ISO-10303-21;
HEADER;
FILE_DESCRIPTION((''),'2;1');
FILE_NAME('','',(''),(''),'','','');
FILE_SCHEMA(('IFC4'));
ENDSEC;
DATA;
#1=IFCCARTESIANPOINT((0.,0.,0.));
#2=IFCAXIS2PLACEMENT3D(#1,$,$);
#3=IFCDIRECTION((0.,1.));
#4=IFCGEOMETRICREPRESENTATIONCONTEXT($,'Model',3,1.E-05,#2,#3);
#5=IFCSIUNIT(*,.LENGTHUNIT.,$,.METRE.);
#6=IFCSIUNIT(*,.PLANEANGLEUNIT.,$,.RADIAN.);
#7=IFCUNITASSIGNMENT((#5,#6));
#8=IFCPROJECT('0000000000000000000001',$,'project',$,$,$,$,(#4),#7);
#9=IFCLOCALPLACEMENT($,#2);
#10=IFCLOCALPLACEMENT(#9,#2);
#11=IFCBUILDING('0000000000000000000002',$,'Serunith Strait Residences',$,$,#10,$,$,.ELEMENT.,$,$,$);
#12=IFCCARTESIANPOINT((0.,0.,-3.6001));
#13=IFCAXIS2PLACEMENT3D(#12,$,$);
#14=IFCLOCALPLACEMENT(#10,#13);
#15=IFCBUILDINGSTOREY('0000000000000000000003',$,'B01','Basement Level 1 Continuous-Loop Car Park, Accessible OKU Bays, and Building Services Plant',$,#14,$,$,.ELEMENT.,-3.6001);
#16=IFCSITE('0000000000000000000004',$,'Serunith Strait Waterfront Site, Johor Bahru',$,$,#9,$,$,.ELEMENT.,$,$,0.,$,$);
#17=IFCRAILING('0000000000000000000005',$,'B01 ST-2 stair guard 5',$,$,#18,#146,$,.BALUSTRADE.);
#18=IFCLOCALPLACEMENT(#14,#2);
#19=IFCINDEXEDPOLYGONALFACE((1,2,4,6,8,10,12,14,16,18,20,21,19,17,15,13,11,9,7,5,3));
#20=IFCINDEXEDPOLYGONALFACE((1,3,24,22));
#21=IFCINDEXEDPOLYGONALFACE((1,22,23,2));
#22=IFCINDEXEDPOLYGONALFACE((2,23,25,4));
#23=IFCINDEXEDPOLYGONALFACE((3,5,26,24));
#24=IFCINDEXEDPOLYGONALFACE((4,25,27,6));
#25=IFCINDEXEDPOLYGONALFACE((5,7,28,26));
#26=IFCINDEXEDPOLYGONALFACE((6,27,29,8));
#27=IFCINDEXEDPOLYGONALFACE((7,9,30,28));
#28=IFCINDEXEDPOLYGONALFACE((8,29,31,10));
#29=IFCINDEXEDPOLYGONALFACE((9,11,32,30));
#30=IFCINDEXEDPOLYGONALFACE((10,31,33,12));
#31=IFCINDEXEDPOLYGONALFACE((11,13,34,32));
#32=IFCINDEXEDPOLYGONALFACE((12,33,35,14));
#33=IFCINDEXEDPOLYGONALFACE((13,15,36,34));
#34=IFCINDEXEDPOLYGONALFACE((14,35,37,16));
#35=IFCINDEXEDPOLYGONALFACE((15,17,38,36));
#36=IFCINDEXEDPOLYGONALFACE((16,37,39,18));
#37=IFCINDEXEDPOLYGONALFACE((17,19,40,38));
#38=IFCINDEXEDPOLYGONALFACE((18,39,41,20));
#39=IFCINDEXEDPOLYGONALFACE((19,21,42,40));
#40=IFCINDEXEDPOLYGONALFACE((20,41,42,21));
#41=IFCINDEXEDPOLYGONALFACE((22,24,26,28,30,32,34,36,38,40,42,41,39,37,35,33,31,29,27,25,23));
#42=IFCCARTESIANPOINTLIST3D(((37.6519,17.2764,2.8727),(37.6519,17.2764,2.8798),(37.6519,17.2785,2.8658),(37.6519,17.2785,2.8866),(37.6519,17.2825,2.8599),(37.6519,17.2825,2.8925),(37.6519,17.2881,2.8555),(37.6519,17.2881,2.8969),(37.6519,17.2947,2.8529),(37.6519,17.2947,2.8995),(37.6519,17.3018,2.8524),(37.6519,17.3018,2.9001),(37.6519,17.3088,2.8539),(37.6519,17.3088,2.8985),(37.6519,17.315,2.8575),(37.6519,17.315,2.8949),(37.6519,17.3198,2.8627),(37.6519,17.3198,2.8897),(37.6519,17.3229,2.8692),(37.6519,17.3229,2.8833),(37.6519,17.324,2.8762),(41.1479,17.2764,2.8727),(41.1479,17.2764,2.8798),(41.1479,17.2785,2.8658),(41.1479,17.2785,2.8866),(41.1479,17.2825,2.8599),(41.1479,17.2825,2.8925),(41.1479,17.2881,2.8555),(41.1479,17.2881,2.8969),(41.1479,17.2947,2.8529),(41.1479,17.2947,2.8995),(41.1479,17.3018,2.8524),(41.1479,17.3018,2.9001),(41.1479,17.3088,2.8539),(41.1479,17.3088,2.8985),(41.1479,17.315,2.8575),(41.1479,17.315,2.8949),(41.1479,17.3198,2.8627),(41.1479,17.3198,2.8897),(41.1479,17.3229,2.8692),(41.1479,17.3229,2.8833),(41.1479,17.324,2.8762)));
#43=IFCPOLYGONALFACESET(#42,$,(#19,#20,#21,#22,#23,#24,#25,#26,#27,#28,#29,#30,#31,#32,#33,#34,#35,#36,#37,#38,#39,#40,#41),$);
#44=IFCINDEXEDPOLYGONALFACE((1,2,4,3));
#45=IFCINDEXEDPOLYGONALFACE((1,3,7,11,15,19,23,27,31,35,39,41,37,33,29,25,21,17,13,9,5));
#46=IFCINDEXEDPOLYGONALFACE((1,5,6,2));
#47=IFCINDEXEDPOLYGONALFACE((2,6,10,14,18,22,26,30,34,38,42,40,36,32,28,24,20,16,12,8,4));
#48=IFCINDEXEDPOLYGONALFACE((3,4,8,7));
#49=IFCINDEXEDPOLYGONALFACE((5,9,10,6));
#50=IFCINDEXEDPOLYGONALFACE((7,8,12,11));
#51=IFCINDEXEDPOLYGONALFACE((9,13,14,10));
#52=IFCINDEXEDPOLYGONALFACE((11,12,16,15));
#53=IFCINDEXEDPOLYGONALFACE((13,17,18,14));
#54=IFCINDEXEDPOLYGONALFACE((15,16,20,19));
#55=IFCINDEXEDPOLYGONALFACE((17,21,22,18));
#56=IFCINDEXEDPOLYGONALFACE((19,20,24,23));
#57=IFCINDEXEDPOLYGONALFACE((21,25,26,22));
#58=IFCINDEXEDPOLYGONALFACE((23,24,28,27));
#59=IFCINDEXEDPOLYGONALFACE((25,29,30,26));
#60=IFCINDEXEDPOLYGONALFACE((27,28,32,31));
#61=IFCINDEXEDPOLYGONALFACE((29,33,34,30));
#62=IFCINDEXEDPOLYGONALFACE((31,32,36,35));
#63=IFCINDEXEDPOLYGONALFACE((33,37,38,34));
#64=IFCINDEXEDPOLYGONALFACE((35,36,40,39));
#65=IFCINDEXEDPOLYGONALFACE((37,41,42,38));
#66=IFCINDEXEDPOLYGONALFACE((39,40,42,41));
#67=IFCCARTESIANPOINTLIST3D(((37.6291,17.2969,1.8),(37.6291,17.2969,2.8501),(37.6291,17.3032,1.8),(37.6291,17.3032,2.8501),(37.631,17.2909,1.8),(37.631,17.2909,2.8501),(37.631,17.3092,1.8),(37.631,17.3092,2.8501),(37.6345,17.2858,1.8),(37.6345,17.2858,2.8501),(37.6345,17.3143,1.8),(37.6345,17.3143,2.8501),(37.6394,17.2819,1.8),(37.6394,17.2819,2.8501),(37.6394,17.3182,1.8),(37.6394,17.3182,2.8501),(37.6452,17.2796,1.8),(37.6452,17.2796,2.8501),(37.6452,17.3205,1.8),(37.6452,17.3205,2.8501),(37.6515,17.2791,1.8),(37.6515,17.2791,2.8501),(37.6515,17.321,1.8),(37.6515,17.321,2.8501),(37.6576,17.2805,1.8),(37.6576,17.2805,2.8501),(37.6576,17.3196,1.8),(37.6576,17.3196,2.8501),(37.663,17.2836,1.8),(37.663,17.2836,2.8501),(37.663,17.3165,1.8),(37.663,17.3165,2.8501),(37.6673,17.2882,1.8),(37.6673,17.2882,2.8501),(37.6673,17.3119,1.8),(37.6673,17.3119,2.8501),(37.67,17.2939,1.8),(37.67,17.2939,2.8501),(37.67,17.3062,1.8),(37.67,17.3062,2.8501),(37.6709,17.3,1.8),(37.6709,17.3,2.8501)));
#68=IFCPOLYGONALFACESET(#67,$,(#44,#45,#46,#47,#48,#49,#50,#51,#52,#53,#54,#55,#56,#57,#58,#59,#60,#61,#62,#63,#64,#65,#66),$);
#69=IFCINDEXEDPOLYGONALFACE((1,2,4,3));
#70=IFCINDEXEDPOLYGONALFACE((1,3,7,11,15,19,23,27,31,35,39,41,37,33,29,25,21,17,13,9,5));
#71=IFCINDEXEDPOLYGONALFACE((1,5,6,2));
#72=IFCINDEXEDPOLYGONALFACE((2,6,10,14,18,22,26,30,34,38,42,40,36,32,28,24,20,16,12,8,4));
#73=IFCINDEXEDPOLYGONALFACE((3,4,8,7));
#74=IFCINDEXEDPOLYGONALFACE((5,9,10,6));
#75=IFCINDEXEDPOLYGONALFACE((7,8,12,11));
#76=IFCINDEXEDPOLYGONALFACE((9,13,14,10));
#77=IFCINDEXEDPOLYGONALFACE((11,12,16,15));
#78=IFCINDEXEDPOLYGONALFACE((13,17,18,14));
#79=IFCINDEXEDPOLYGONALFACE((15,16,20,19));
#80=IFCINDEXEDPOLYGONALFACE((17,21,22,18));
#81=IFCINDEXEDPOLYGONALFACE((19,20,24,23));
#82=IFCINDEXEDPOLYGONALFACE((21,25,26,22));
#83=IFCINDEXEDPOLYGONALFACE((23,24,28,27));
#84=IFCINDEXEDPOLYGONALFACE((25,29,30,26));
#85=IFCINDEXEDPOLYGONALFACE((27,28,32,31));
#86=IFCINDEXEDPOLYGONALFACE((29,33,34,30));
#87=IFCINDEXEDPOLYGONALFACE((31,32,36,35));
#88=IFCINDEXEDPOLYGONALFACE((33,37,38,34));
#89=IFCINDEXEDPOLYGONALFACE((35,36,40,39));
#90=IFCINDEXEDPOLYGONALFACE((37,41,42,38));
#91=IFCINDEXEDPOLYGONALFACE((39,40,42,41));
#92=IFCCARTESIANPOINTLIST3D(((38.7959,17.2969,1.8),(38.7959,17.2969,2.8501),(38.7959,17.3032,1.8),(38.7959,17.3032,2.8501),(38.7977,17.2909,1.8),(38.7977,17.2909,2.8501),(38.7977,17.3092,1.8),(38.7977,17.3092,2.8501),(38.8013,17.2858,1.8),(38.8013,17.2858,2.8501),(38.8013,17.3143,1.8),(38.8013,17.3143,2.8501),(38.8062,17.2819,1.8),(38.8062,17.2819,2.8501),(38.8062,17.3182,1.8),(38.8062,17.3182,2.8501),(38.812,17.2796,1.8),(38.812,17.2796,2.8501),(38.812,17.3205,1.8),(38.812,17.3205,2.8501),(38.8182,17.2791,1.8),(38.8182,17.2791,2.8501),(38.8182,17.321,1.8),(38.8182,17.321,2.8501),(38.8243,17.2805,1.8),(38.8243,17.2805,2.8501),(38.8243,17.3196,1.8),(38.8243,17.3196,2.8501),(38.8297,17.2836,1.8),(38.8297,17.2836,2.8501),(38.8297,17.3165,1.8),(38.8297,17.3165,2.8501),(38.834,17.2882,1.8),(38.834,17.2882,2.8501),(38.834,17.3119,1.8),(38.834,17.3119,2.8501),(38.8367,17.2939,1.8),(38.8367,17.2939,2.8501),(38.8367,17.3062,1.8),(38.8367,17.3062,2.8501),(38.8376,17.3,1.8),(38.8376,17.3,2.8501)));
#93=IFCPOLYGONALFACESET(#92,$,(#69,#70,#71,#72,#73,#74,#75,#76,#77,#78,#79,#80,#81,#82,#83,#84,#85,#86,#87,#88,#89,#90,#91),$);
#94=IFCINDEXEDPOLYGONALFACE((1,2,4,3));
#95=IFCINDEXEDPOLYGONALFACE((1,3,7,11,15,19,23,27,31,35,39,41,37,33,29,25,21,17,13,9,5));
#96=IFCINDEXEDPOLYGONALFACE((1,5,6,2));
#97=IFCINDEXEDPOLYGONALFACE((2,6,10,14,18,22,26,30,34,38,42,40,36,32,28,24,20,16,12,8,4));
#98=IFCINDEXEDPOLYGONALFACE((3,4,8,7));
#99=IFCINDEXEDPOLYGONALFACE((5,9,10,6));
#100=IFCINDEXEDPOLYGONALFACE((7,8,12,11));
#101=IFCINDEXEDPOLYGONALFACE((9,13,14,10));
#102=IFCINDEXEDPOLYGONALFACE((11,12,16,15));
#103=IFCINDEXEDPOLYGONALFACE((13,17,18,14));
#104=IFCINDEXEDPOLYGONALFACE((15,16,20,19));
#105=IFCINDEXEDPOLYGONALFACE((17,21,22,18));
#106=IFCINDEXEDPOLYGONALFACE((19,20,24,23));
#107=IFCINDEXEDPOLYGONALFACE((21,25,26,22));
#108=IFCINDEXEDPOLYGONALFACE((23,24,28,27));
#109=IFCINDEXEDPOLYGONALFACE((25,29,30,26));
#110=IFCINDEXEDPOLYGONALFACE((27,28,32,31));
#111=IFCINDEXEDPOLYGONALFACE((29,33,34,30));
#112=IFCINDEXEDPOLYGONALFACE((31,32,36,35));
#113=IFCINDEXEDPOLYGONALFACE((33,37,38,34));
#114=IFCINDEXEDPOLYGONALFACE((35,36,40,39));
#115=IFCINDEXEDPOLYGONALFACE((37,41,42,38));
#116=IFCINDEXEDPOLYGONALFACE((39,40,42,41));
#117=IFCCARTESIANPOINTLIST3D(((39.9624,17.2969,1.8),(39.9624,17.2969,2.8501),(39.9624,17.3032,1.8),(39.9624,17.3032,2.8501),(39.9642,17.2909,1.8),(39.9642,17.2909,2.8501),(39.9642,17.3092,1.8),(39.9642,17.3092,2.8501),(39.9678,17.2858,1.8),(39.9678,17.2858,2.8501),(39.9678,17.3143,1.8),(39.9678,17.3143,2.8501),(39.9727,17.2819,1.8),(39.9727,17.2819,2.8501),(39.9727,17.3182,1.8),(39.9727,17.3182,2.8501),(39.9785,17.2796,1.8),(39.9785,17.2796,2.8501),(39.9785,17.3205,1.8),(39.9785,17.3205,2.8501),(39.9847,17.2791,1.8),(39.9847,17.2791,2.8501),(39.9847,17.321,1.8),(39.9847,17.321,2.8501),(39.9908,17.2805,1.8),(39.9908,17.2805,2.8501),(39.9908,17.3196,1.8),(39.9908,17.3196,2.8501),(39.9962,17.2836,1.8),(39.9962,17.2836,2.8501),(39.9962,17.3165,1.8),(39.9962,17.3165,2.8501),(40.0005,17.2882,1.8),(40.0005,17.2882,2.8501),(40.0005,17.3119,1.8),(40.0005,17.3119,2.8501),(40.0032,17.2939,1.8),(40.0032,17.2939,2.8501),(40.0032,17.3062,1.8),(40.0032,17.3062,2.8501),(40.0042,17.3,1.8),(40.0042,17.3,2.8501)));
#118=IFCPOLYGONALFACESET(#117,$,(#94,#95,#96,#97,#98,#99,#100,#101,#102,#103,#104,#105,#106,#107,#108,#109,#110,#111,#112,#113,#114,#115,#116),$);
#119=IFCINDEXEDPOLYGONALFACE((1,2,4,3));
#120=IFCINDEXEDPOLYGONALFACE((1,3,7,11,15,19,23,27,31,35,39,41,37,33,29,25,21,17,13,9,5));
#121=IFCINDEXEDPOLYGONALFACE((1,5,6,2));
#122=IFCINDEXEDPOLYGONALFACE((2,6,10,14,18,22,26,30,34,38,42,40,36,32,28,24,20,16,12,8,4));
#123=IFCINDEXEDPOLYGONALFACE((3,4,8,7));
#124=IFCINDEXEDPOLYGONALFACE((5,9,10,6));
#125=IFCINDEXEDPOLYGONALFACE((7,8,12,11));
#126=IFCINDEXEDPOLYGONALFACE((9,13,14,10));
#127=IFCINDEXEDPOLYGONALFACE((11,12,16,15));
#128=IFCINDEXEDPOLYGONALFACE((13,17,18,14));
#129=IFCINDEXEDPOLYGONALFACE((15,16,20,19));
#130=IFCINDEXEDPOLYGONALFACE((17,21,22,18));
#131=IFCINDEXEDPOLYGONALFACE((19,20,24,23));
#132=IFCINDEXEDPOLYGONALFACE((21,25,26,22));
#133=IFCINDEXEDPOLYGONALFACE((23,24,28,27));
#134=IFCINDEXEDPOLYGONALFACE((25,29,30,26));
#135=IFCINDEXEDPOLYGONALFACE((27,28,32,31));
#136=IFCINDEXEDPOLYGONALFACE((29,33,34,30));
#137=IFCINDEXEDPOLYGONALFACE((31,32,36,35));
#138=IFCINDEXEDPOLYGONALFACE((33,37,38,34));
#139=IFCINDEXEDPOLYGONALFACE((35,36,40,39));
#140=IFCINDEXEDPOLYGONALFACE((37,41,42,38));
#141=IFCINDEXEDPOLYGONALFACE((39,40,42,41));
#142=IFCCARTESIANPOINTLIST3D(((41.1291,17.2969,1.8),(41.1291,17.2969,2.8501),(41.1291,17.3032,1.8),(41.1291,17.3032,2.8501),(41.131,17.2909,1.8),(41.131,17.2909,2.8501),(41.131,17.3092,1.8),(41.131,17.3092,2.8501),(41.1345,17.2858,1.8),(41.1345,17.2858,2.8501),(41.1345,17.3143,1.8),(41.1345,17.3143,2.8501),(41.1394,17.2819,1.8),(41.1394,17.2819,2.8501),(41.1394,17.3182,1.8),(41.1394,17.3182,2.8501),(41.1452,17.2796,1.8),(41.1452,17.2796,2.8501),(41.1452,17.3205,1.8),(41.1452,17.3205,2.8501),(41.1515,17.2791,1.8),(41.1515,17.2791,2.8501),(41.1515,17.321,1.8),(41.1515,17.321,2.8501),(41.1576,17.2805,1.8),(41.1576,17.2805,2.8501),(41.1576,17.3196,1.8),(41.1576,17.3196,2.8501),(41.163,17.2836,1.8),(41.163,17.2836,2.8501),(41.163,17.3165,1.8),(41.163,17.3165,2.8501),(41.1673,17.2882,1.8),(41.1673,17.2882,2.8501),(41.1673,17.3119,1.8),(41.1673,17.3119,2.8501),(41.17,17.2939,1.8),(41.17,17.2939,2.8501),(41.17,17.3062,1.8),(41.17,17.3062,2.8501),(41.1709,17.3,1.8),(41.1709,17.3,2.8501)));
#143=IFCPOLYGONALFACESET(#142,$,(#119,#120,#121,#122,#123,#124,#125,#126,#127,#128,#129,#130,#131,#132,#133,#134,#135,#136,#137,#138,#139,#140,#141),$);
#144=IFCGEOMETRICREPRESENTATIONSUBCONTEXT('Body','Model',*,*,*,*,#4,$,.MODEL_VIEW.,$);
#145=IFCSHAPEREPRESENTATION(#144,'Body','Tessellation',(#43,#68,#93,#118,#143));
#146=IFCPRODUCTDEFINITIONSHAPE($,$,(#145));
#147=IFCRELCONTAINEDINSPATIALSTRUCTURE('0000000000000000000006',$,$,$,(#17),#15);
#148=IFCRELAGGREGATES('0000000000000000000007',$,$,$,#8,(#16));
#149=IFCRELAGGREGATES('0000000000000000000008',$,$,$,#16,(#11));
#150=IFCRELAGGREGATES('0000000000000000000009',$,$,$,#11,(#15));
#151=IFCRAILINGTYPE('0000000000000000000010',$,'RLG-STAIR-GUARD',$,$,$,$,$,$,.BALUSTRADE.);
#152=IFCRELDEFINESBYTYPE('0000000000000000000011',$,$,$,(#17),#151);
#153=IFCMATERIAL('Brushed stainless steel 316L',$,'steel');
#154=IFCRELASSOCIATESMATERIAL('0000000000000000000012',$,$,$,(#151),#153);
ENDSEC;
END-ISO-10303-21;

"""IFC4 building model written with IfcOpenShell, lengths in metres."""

from ifc_helpers import new_model, si_unit, direction, frame, origin, origin_2d, place, context, subcontext, project, spatial, circle, extrude, material, type_object, element, save


model = new_model("IFC4")

# Units and contexts
model_context = context("Model", 3, precision=1e-05, world=origin(), true_north=direction((0.0, 1.0)))
body_context = subcontext(model_context, "Body", "Model", "MODEL_VIEW")
ifc_project = project(units=[si_unit("LENGTHUNIT", "METRE"), si_unit("PLANEANGLEUNIT", "RADIAN")], contexts=[model_context])

# Site, building, storey
site_placement = place(None, origin())
site = spatial("IfcSite", under=ifc_project, at=site_placement, Name="Serunith Strait Waterfront Site, Johor Bahru", CompositionType="ELEMENT", RefElevation=0.0)
building_placement = place(site_placement, origin())
building = spatial("IfcBuilding", under=site, at=building_placement, Name="Serunith Strait Residences", CompositionType="ELEMENT")
storey_placement = place(building_placement, frame((0.0, 0.0, -3.6001)))
storey = spatial("IfcBuildingStorey", under=building, at=storey_placement, Name="B01", Description="Basement Level 1 Continuous-Loop Car Park, Accessible OKU Bays, and Building Services Plant", CompositionType="ELEMENT", Elevation=-3.6001)

# Railing
ifc_material_1 = material(Name="Brushed stainless steel 316L", Category="steel")
railing_type_1 = type_object("IfcRailingType", Name="RLG-STAIR-GUARD", PredefinedType="BALUSTRADE", material=ifc_material_1)
railing_1_placement = place(storey_placement, frame((37.6499, 17.3, 1.8)))
element("IfcRailing", 1, at=railing_1_placement, inside=storey, type_object=railing_type_1, Name="B01 ST-2 stair guard 5", PredefinedType="BALUSTRADE", context=body_context, shape_type="SweptSolid", body=[
    extrude(circle(Radius=0.0239, at=origin_2d()), frame((0.002, 0.0, 1.0762), z_axis=(1.0, 0.0, 0.0), x_axis=(0.0, 1.0, 0.0)), (0.0, 0.0, 1.0), 3.4961),
    extrude(circle(Radius=0.021, at=origin_2d()), origin(), (0.0, 0.0, 1.0), 1.05),
    extrude(circle(Radius=0.021, at=origin_2d()), frame((1.1667, 0.0, 0.0)), (0.0, 0.0, 1.0), 1.05),
    extrude(circle(Radius=0.021, at=origin_2d()), frame((2.3333, 0.0, 0.0)), (0.0, 0.0, 1.0), 1.05),
    extrude(circle(Radius=0.021, at=origin_2d()), frame((3.5, 0.0, 0.0)), (0.0, 0.0, 1.0), 1.05),
])

save(model, "model.ifc")
